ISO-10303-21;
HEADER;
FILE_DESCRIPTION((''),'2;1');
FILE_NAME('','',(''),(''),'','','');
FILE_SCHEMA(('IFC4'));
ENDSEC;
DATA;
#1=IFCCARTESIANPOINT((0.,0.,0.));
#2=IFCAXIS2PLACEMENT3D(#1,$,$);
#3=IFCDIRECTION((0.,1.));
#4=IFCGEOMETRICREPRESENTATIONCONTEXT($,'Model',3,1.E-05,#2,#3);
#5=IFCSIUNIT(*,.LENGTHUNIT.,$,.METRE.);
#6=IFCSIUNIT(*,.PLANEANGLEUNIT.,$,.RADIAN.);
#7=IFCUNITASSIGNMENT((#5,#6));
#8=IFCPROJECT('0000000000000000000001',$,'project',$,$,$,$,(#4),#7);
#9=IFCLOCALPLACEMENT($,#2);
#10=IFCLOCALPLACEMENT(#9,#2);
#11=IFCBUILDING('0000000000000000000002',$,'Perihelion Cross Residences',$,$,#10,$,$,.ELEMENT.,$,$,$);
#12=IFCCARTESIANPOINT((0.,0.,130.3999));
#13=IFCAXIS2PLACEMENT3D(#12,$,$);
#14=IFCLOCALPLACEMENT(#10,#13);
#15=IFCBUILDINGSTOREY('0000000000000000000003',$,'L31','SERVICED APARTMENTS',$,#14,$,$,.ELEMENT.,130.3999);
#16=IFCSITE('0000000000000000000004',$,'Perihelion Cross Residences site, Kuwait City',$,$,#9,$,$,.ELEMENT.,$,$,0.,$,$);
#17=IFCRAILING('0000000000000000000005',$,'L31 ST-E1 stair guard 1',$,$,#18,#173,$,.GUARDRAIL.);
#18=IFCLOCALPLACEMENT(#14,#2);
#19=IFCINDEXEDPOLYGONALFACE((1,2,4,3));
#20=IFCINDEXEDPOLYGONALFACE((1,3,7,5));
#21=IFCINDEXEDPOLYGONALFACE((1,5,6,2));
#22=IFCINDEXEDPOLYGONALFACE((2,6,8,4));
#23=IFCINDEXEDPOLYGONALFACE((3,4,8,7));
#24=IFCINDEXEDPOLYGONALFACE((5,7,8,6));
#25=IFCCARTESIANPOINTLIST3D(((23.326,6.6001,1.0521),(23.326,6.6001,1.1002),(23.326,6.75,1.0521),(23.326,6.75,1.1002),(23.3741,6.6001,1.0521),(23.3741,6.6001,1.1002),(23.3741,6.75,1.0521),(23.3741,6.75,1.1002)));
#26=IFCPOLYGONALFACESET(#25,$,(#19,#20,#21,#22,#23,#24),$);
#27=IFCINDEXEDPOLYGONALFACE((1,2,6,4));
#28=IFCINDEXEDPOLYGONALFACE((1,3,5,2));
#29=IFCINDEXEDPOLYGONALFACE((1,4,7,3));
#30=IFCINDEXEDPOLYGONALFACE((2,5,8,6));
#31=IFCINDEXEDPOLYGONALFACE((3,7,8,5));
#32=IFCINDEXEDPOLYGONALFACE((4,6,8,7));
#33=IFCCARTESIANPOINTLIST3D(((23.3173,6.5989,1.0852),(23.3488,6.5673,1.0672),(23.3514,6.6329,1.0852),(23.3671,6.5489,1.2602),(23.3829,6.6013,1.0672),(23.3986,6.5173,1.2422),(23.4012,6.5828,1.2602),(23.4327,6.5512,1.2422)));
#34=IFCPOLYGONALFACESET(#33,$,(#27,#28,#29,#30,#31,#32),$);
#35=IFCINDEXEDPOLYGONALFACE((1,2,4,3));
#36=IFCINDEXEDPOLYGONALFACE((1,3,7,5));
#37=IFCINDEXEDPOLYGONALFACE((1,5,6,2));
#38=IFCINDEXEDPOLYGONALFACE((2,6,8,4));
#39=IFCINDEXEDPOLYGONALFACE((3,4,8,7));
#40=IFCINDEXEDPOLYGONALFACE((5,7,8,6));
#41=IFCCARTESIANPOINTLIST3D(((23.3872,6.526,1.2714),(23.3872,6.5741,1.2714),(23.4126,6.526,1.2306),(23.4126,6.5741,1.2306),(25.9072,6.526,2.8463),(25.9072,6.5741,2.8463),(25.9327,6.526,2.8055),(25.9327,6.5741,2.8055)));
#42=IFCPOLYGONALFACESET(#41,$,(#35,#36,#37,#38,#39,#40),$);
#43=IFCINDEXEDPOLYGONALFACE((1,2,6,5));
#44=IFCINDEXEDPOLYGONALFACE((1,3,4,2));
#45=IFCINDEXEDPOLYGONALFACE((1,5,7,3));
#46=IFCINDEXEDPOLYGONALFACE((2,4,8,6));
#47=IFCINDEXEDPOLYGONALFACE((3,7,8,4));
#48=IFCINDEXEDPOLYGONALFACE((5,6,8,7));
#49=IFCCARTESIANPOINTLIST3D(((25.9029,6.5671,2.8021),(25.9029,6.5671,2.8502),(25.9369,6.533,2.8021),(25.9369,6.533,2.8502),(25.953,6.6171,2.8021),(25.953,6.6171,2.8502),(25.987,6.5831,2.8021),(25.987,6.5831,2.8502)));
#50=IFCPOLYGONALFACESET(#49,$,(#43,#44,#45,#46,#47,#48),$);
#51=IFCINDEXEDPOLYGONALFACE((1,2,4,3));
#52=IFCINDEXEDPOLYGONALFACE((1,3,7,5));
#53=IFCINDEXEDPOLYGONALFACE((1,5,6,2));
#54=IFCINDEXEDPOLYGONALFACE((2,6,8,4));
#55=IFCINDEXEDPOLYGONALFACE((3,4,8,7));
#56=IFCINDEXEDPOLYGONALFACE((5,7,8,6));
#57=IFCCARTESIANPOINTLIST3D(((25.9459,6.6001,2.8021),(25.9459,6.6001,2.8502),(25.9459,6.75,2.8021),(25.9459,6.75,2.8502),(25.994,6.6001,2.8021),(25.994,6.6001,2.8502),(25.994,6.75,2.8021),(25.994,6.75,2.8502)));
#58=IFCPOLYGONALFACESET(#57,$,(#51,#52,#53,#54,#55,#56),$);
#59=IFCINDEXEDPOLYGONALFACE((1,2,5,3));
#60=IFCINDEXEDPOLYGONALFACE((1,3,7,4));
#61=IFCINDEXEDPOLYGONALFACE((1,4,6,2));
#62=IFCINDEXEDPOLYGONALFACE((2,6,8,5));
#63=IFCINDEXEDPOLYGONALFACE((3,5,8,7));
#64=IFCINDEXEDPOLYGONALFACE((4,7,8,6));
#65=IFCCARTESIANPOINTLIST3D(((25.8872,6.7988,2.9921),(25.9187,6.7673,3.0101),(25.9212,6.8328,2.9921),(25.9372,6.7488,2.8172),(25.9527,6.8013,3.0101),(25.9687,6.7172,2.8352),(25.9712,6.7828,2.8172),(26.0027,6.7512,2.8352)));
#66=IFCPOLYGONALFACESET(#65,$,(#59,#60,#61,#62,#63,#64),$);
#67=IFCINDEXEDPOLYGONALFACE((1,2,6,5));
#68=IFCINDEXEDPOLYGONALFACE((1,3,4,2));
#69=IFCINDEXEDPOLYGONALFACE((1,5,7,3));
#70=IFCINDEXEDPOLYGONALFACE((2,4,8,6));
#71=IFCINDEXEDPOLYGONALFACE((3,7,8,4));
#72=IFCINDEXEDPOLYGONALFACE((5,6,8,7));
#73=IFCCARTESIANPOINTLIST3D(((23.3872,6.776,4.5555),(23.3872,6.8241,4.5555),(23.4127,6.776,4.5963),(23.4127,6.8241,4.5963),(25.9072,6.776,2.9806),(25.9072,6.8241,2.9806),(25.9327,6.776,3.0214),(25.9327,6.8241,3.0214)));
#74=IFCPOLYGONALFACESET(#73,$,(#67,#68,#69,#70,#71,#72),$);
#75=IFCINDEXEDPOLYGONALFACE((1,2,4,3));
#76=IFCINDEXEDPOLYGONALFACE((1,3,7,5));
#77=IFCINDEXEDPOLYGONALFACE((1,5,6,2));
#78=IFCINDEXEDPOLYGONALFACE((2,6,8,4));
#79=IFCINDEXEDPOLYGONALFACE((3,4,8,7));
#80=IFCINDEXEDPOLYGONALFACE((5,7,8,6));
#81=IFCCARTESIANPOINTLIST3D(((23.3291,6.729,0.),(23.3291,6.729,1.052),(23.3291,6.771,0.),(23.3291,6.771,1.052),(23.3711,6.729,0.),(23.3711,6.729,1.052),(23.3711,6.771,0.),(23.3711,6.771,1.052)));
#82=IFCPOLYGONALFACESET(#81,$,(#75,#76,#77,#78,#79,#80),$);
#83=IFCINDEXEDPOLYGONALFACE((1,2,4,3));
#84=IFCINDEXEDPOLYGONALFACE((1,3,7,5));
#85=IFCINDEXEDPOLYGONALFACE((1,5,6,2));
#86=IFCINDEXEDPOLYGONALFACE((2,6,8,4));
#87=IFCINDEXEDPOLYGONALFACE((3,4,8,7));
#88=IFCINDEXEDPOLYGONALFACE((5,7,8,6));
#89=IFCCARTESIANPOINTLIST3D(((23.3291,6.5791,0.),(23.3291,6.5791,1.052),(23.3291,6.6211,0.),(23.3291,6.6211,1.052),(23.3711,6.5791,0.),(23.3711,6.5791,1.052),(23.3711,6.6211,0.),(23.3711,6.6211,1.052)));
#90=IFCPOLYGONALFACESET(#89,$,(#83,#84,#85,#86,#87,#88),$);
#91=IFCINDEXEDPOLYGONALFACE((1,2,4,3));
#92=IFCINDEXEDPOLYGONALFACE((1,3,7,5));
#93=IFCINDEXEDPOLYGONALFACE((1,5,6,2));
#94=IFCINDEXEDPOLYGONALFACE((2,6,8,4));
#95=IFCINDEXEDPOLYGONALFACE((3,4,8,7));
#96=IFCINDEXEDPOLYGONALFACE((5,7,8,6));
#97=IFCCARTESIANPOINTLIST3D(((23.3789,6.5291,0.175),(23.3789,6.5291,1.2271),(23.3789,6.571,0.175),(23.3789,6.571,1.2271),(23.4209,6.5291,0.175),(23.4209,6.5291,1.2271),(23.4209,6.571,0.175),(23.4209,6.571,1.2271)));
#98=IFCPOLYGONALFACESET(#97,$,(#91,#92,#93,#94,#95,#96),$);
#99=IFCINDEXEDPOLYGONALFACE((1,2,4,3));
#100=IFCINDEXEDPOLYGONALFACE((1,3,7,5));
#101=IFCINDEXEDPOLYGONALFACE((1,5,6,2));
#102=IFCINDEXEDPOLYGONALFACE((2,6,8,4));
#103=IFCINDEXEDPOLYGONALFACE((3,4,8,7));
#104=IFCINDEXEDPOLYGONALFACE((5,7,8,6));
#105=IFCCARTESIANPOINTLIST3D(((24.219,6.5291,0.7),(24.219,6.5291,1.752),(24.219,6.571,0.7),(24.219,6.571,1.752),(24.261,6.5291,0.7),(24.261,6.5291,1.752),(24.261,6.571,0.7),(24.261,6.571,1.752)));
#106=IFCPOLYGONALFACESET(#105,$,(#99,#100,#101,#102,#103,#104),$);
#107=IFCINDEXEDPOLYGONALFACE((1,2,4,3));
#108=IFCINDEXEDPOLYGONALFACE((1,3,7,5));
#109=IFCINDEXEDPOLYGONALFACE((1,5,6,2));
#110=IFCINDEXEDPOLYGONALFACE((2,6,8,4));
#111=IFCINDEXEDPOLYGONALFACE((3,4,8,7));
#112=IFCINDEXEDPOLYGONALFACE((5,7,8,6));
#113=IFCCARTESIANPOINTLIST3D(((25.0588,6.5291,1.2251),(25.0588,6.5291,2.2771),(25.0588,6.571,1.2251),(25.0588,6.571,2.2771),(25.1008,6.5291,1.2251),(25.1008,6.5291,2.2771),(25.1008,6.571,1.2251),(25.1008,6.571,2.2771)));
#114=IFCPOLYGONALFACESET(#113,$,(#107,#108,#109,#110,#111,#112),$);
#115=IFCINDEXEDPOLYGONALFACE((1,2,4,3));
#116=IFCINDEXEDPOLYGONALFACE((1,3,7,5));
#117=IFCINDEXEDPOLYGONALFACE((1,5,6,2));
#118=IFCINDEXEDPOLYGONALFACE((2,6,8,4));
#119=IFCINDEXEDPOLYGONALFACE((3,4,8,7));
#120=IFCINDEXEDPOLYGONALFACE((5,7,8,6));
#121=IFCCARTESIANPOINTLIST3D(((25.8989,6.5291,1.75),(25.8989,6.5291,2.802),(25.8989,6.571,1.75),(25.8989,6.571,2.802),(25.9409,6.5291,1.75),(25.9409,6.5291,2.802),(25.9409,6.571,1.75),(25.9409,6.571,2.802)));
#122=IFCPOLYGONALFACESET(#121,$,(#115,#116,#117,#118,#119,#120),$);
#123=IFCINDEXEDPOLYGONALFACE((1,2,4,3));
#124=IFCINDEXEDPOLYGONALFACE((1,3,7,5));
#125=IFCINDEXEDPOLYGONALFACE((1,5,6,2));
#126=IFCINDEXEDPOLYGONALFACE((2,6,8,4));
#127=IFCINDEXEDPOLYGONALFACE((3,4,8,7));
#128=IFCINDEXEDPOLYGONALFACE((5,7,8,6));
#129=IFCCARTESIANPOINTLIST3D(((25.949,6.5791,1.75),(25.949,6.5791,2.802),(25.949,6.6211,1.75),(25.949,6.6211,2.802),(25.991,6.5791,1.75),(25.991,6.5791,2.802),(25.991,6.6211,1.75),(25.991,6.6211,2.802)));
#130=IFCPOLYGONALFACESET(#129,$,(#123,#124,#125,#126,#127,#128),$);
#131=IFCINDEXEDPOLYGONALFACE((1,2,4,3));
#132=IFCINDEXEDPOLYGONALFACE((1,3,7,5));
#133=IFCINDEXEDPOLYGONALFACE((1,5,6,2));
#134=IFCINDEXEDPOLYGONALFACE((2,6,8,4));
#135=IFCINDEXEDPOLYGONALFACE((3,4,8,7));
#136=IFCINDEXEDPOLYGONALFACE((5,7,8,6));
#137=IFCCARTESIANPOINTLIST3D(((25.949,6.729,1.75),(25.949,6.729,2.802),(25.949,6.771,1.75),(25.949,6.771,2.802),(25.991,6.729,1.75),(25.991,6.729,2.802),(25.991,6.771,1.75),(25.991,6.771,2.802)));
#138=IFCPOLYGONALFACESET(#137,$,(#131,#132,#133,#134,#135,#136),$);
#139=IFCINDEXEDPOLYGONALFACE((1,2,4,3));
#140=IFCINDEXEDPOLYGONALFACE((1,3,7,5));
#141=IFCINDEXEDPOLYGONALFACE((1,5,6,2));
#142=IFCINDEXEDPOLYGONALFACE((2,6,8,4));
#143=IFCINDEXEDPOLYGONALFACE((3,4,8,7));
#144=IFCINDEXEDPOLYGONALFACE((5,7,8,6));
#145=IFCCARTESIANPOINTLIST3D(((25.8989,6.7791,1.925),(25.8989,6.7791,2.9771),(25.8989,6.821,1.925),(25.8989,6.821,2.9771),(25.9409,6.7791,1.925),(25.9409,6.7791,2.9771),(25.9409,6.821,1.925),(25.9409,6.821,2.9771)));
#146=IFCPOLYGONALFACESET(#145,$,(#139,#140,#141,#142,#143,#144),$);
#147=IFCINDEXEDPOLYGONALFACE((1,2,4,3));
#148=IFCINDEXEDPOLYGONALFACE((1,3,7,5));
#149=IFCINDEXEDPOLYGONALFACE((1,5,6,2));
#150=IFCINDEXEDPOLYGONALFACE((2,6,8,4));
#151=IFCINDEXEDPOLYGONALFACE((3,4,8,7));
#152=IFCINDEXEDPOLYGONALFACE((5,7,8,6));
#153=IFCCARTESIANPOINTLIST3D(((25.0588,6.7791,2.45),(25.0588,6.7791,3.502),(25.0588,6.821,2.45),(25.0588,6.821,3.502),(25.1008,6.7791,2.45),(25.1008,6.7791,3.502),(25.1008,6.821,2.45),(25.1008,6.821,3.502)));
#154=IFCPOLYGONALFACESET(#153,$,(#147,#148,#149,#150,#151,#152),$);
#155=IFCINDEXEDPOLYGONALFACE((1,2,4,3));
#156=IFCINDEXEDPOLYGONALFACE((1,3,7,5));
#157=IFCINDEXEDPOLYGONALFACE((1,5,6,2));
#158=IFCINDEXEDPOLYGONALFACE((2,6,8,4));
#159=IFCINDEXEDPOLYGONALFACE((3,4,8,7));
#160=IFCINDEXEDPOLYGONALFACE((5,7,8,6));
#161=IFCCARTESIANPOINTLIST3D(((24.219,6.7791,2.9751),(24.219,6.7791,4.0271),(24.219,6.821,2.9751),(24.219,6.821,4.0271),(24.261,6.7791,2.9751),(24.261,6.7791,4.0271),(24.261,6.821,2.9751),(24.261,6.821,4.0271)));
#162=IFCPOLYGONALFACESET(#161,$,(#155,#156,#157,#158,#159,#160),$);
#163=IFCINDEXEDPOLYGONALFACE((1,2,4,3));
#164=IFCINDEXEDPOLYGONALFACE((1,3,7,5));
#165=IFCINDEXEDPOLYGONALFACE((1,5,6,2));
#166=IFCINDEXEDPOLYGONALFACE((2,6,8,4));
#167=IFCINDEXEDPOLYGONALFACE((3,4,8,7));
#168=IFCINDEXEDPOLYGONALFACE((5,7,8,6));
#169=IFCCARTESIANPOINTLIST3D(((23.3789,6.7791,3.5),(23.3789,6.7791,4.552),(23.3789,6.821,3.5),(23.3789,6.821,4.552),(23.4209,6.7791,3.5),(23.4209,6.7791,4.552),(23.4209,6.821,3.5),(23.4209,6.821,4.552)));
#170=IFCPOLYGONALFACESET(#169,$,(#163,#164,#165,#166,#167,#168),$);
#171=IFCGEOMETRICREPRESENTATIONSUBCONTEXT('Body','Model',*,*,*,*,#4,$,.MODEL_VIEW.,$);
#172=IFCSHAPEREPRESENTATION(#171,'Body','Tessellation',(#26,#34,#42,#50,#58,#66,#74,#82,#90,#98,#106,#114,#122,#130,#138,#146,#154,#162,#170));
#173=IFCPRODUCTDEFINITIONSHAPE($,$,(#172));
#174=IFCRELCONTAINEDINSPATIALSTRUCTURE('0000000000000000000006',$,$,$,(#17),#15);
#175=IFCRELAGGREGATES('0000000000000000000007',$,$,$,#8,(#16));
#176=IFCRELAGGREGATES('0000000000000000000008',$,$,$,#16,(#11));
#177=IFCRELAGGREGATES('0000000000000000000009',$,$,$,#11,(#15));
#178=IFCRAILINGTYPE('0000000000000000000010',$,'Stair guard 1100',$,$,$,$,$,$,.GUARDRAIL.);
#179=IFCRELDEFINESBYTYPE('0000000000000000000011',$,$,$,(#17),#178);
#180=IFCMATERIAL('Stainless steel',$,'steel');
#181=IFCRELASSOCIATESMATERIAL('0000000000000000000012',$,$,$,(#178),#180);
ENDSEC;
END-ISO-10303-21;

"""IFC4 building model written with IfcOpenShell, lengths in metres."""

from ifc_helpers import new_model, si_unit, direction, frame, origin, origin_2d, place, context, subcontext, project, spatial, rectangle, extrude, material, type_object, element, save


model = new_model("IFC4")

# Units and contexts
model_context = context("Model", 3, precision=1e-05, world=origin(), true_north=direction((0.0, 1.0)))
body_context = subcontext(model_context, "Body", "Model", "MODEL_VIEW")
ifc_project = project(units=[si_unit("LENGTHUNIT", "METRE"), si_unit("PLANEANGLEUNIT", "RADIAN")], contexts=[model_context])

# Site, building, storey
site_placement = place(None, origin())
site = spatial("IfcSite", under=ifc_project, at=site_placement, Name="Perihelion Cross Residences site, Kuwait City", CompositionType="ELEMENT", RefElevation=0.0)
building_placement = place(site_placement, origin())
building = spatial("IfcBuilding", under=site, at=building_placement, Name="Perihelion Cross Residences", CompositionType="ELEMENT")
storey_placement = place(building_placement, frame((0.0, 0.0, 130.3999)))
storey = spatial("IfcBuildingStorey", under=building, at=storey_placement, Name="L31", Description="SERVICED APARTMENTS", CompositionType="ELEMENT", Elevation=130.3999)

# Railing
ifc_material_1 = material(Name="Stainless steel", Category="steel")
railing_type_1 = type_object("IfcRailingType", Name="Stair guard 1100", PredefinedType="GUARDRAIL", material=ifc_material_1)
railing_1_placement = place(storey_placement, frame((23.3501, 6.75, 0.0)))
element("IfcRailing", 1, at=railing_1_placement, inside=storey, type_object=railing_type_1, Name="L31 ST-E1 stair guard 1", PredefinedType="GUARDRAIL", context=body_context, shape_type="SweptSolid", body=[
    extrude(rectangle(XDim=0.0481, YDim=0.0481, at=origin_2d()), frame((0.0, 0.0, 1.0762), z_axis=(0.0, -1.0, 0.0), x_axis=(1.0, 0.0, 0.0)), (0.0, 0.0, 1.0), 0.1499),
    extrude(rectangle(XDim=0.0481, YDim=0.0481, at=origin_2d()), frame((0.0, -0.1499, 1.0762), z_axis=(0.263862, -0.265156, 0.927399), x_axis=(0.708834, 0.705376, 0.0)), (0.0, 0.0, 1.0), 0.1887),
    extrude(rectangle(XDim=0.0481, YDim=0.0481, at=origin_2d()), frame((0.0498, -0.2, 1.251), z_axis=(0.848008, 0.0, 0.529984), x_axis=(0.0, 1.0, 0.0)), (0.0, 0.0, 1.0), 2.9717),
    extrude(rectangle(XDim=0.0481, YDim=0.0481, at=origin_2d()), frame((2.5698, -0.2, 2.8262), z_axis=(0.707107, 0.707107, 0.0), x_axis=(-0.707107, 0.707107, 0.0)), (0.0, 0.0, 1.0), 0.0708),
    extrude(rectangle(XDim=0.0481, YDim=0.0481, at=origin_2d()), frame((2.6199, -0.1499, 2.8262), z_axis=(0.0, 1.0, 0.0), x_axis=(-1.0, 0.0, 0.0)), (0.0, 0.0, 1.0), 0.1499),
    extrude(rectangle(XDim=0.0481, YDim=0.0481, at=origin_2d()), frame((2.6199, 0.0, 2.8262), z_axis=(-0.265065, 0.265065, 0.927082), x_axis=(-0.707107, -0.707107, 0.0)), (0.0, 0.0, 1.0), 0.1887),
    extrude(rectangle(XDim=0.0481, YDim=0.0481, at=origin_2d()), frame((2.5698, 0.05, 3.001), z_axis=(-0.848008, 0.0, 0.529984), x_axis=(0.0, -1.0, 0.0)), (0.0, 0.0, 1.0), 2.9717),
    extrude(rectangle(XDim=0.042, YDim=0.042, at=origin_2d()), origin(), (0.0, 0.0, 1.0), 1.052),
    extrude(rectangle(XDim=0.042, YDim=0.042, at=origin_2d()), frame((0.0, -0.1499, 0.0)), (0.0, 0.0, 1.0), 1.052),
    extrude(rectangle(XDim=0.042, YDim=0.042, at=origin_2d()), frame((0.0498, -0.2, 0.175)), (0.0, 0.0, 1.0), 1.052),
    extrude(rectangle(XDim=0.042, YDim=0.042, at=origin_2d()), frame((0.8899, -0.2, 0.7)), (0.0, 0.0, 1.0), 1.052),
    extrude(rectangle(XDim=0.042, YDim=0.042, at=origin_2d()), frame((1.7297, -0.2, 1.2251)), (0.0, 0.0, 1.0), 1.052),
    extrude(rectangle(XDim=0.042, YDim=0.042, at=origin_2d()), frame((2.5698, -0.2, 1.75)), (0.0, 0.0, 1.0), 1.052),
    extrude(rectangle(XDim=0.042, YDim=0.042, at=origin_2d()), frame((2.6199, -0.1499, 1.75)), (0.0, 0.0, 1.0), 1.052),
    extrude(rectangle(XDim=0.042, YDim=0.042, at=origin_2d()), frame((2.6199, 0.0, 1.75)), (0.0, 0.0, 1.0), 1.052),
    extrude(rectangle(XDim=0.042, YDim=0.042, at=origin_2d()), frame((2.5698, 0.05, 1.925)), (0.0, 0.0, 1.0), 1.052),
    extrude(rectangle(XDim=0.042, YDim=0.042, at=origin_2d()), frame((1.7297, 0.05, 2.45)), (0.0, 0.0, 1.0), 1.052),
    extrude(rectangle(XDim=0.042, YDim=0.042, at=origin_2d()), frame((0.8899, 0.05, 2.9751)), (0.0, 0.0, 1.0), 1.052),
    extrude(rectangle(XDim=0.042, YDim=0.042, at=origin_2d()), frame((0.0498, 0.05, 3.5)), (0.0, 0.0, 1.0), 1.052),
])

save(model, "model.ifc")
